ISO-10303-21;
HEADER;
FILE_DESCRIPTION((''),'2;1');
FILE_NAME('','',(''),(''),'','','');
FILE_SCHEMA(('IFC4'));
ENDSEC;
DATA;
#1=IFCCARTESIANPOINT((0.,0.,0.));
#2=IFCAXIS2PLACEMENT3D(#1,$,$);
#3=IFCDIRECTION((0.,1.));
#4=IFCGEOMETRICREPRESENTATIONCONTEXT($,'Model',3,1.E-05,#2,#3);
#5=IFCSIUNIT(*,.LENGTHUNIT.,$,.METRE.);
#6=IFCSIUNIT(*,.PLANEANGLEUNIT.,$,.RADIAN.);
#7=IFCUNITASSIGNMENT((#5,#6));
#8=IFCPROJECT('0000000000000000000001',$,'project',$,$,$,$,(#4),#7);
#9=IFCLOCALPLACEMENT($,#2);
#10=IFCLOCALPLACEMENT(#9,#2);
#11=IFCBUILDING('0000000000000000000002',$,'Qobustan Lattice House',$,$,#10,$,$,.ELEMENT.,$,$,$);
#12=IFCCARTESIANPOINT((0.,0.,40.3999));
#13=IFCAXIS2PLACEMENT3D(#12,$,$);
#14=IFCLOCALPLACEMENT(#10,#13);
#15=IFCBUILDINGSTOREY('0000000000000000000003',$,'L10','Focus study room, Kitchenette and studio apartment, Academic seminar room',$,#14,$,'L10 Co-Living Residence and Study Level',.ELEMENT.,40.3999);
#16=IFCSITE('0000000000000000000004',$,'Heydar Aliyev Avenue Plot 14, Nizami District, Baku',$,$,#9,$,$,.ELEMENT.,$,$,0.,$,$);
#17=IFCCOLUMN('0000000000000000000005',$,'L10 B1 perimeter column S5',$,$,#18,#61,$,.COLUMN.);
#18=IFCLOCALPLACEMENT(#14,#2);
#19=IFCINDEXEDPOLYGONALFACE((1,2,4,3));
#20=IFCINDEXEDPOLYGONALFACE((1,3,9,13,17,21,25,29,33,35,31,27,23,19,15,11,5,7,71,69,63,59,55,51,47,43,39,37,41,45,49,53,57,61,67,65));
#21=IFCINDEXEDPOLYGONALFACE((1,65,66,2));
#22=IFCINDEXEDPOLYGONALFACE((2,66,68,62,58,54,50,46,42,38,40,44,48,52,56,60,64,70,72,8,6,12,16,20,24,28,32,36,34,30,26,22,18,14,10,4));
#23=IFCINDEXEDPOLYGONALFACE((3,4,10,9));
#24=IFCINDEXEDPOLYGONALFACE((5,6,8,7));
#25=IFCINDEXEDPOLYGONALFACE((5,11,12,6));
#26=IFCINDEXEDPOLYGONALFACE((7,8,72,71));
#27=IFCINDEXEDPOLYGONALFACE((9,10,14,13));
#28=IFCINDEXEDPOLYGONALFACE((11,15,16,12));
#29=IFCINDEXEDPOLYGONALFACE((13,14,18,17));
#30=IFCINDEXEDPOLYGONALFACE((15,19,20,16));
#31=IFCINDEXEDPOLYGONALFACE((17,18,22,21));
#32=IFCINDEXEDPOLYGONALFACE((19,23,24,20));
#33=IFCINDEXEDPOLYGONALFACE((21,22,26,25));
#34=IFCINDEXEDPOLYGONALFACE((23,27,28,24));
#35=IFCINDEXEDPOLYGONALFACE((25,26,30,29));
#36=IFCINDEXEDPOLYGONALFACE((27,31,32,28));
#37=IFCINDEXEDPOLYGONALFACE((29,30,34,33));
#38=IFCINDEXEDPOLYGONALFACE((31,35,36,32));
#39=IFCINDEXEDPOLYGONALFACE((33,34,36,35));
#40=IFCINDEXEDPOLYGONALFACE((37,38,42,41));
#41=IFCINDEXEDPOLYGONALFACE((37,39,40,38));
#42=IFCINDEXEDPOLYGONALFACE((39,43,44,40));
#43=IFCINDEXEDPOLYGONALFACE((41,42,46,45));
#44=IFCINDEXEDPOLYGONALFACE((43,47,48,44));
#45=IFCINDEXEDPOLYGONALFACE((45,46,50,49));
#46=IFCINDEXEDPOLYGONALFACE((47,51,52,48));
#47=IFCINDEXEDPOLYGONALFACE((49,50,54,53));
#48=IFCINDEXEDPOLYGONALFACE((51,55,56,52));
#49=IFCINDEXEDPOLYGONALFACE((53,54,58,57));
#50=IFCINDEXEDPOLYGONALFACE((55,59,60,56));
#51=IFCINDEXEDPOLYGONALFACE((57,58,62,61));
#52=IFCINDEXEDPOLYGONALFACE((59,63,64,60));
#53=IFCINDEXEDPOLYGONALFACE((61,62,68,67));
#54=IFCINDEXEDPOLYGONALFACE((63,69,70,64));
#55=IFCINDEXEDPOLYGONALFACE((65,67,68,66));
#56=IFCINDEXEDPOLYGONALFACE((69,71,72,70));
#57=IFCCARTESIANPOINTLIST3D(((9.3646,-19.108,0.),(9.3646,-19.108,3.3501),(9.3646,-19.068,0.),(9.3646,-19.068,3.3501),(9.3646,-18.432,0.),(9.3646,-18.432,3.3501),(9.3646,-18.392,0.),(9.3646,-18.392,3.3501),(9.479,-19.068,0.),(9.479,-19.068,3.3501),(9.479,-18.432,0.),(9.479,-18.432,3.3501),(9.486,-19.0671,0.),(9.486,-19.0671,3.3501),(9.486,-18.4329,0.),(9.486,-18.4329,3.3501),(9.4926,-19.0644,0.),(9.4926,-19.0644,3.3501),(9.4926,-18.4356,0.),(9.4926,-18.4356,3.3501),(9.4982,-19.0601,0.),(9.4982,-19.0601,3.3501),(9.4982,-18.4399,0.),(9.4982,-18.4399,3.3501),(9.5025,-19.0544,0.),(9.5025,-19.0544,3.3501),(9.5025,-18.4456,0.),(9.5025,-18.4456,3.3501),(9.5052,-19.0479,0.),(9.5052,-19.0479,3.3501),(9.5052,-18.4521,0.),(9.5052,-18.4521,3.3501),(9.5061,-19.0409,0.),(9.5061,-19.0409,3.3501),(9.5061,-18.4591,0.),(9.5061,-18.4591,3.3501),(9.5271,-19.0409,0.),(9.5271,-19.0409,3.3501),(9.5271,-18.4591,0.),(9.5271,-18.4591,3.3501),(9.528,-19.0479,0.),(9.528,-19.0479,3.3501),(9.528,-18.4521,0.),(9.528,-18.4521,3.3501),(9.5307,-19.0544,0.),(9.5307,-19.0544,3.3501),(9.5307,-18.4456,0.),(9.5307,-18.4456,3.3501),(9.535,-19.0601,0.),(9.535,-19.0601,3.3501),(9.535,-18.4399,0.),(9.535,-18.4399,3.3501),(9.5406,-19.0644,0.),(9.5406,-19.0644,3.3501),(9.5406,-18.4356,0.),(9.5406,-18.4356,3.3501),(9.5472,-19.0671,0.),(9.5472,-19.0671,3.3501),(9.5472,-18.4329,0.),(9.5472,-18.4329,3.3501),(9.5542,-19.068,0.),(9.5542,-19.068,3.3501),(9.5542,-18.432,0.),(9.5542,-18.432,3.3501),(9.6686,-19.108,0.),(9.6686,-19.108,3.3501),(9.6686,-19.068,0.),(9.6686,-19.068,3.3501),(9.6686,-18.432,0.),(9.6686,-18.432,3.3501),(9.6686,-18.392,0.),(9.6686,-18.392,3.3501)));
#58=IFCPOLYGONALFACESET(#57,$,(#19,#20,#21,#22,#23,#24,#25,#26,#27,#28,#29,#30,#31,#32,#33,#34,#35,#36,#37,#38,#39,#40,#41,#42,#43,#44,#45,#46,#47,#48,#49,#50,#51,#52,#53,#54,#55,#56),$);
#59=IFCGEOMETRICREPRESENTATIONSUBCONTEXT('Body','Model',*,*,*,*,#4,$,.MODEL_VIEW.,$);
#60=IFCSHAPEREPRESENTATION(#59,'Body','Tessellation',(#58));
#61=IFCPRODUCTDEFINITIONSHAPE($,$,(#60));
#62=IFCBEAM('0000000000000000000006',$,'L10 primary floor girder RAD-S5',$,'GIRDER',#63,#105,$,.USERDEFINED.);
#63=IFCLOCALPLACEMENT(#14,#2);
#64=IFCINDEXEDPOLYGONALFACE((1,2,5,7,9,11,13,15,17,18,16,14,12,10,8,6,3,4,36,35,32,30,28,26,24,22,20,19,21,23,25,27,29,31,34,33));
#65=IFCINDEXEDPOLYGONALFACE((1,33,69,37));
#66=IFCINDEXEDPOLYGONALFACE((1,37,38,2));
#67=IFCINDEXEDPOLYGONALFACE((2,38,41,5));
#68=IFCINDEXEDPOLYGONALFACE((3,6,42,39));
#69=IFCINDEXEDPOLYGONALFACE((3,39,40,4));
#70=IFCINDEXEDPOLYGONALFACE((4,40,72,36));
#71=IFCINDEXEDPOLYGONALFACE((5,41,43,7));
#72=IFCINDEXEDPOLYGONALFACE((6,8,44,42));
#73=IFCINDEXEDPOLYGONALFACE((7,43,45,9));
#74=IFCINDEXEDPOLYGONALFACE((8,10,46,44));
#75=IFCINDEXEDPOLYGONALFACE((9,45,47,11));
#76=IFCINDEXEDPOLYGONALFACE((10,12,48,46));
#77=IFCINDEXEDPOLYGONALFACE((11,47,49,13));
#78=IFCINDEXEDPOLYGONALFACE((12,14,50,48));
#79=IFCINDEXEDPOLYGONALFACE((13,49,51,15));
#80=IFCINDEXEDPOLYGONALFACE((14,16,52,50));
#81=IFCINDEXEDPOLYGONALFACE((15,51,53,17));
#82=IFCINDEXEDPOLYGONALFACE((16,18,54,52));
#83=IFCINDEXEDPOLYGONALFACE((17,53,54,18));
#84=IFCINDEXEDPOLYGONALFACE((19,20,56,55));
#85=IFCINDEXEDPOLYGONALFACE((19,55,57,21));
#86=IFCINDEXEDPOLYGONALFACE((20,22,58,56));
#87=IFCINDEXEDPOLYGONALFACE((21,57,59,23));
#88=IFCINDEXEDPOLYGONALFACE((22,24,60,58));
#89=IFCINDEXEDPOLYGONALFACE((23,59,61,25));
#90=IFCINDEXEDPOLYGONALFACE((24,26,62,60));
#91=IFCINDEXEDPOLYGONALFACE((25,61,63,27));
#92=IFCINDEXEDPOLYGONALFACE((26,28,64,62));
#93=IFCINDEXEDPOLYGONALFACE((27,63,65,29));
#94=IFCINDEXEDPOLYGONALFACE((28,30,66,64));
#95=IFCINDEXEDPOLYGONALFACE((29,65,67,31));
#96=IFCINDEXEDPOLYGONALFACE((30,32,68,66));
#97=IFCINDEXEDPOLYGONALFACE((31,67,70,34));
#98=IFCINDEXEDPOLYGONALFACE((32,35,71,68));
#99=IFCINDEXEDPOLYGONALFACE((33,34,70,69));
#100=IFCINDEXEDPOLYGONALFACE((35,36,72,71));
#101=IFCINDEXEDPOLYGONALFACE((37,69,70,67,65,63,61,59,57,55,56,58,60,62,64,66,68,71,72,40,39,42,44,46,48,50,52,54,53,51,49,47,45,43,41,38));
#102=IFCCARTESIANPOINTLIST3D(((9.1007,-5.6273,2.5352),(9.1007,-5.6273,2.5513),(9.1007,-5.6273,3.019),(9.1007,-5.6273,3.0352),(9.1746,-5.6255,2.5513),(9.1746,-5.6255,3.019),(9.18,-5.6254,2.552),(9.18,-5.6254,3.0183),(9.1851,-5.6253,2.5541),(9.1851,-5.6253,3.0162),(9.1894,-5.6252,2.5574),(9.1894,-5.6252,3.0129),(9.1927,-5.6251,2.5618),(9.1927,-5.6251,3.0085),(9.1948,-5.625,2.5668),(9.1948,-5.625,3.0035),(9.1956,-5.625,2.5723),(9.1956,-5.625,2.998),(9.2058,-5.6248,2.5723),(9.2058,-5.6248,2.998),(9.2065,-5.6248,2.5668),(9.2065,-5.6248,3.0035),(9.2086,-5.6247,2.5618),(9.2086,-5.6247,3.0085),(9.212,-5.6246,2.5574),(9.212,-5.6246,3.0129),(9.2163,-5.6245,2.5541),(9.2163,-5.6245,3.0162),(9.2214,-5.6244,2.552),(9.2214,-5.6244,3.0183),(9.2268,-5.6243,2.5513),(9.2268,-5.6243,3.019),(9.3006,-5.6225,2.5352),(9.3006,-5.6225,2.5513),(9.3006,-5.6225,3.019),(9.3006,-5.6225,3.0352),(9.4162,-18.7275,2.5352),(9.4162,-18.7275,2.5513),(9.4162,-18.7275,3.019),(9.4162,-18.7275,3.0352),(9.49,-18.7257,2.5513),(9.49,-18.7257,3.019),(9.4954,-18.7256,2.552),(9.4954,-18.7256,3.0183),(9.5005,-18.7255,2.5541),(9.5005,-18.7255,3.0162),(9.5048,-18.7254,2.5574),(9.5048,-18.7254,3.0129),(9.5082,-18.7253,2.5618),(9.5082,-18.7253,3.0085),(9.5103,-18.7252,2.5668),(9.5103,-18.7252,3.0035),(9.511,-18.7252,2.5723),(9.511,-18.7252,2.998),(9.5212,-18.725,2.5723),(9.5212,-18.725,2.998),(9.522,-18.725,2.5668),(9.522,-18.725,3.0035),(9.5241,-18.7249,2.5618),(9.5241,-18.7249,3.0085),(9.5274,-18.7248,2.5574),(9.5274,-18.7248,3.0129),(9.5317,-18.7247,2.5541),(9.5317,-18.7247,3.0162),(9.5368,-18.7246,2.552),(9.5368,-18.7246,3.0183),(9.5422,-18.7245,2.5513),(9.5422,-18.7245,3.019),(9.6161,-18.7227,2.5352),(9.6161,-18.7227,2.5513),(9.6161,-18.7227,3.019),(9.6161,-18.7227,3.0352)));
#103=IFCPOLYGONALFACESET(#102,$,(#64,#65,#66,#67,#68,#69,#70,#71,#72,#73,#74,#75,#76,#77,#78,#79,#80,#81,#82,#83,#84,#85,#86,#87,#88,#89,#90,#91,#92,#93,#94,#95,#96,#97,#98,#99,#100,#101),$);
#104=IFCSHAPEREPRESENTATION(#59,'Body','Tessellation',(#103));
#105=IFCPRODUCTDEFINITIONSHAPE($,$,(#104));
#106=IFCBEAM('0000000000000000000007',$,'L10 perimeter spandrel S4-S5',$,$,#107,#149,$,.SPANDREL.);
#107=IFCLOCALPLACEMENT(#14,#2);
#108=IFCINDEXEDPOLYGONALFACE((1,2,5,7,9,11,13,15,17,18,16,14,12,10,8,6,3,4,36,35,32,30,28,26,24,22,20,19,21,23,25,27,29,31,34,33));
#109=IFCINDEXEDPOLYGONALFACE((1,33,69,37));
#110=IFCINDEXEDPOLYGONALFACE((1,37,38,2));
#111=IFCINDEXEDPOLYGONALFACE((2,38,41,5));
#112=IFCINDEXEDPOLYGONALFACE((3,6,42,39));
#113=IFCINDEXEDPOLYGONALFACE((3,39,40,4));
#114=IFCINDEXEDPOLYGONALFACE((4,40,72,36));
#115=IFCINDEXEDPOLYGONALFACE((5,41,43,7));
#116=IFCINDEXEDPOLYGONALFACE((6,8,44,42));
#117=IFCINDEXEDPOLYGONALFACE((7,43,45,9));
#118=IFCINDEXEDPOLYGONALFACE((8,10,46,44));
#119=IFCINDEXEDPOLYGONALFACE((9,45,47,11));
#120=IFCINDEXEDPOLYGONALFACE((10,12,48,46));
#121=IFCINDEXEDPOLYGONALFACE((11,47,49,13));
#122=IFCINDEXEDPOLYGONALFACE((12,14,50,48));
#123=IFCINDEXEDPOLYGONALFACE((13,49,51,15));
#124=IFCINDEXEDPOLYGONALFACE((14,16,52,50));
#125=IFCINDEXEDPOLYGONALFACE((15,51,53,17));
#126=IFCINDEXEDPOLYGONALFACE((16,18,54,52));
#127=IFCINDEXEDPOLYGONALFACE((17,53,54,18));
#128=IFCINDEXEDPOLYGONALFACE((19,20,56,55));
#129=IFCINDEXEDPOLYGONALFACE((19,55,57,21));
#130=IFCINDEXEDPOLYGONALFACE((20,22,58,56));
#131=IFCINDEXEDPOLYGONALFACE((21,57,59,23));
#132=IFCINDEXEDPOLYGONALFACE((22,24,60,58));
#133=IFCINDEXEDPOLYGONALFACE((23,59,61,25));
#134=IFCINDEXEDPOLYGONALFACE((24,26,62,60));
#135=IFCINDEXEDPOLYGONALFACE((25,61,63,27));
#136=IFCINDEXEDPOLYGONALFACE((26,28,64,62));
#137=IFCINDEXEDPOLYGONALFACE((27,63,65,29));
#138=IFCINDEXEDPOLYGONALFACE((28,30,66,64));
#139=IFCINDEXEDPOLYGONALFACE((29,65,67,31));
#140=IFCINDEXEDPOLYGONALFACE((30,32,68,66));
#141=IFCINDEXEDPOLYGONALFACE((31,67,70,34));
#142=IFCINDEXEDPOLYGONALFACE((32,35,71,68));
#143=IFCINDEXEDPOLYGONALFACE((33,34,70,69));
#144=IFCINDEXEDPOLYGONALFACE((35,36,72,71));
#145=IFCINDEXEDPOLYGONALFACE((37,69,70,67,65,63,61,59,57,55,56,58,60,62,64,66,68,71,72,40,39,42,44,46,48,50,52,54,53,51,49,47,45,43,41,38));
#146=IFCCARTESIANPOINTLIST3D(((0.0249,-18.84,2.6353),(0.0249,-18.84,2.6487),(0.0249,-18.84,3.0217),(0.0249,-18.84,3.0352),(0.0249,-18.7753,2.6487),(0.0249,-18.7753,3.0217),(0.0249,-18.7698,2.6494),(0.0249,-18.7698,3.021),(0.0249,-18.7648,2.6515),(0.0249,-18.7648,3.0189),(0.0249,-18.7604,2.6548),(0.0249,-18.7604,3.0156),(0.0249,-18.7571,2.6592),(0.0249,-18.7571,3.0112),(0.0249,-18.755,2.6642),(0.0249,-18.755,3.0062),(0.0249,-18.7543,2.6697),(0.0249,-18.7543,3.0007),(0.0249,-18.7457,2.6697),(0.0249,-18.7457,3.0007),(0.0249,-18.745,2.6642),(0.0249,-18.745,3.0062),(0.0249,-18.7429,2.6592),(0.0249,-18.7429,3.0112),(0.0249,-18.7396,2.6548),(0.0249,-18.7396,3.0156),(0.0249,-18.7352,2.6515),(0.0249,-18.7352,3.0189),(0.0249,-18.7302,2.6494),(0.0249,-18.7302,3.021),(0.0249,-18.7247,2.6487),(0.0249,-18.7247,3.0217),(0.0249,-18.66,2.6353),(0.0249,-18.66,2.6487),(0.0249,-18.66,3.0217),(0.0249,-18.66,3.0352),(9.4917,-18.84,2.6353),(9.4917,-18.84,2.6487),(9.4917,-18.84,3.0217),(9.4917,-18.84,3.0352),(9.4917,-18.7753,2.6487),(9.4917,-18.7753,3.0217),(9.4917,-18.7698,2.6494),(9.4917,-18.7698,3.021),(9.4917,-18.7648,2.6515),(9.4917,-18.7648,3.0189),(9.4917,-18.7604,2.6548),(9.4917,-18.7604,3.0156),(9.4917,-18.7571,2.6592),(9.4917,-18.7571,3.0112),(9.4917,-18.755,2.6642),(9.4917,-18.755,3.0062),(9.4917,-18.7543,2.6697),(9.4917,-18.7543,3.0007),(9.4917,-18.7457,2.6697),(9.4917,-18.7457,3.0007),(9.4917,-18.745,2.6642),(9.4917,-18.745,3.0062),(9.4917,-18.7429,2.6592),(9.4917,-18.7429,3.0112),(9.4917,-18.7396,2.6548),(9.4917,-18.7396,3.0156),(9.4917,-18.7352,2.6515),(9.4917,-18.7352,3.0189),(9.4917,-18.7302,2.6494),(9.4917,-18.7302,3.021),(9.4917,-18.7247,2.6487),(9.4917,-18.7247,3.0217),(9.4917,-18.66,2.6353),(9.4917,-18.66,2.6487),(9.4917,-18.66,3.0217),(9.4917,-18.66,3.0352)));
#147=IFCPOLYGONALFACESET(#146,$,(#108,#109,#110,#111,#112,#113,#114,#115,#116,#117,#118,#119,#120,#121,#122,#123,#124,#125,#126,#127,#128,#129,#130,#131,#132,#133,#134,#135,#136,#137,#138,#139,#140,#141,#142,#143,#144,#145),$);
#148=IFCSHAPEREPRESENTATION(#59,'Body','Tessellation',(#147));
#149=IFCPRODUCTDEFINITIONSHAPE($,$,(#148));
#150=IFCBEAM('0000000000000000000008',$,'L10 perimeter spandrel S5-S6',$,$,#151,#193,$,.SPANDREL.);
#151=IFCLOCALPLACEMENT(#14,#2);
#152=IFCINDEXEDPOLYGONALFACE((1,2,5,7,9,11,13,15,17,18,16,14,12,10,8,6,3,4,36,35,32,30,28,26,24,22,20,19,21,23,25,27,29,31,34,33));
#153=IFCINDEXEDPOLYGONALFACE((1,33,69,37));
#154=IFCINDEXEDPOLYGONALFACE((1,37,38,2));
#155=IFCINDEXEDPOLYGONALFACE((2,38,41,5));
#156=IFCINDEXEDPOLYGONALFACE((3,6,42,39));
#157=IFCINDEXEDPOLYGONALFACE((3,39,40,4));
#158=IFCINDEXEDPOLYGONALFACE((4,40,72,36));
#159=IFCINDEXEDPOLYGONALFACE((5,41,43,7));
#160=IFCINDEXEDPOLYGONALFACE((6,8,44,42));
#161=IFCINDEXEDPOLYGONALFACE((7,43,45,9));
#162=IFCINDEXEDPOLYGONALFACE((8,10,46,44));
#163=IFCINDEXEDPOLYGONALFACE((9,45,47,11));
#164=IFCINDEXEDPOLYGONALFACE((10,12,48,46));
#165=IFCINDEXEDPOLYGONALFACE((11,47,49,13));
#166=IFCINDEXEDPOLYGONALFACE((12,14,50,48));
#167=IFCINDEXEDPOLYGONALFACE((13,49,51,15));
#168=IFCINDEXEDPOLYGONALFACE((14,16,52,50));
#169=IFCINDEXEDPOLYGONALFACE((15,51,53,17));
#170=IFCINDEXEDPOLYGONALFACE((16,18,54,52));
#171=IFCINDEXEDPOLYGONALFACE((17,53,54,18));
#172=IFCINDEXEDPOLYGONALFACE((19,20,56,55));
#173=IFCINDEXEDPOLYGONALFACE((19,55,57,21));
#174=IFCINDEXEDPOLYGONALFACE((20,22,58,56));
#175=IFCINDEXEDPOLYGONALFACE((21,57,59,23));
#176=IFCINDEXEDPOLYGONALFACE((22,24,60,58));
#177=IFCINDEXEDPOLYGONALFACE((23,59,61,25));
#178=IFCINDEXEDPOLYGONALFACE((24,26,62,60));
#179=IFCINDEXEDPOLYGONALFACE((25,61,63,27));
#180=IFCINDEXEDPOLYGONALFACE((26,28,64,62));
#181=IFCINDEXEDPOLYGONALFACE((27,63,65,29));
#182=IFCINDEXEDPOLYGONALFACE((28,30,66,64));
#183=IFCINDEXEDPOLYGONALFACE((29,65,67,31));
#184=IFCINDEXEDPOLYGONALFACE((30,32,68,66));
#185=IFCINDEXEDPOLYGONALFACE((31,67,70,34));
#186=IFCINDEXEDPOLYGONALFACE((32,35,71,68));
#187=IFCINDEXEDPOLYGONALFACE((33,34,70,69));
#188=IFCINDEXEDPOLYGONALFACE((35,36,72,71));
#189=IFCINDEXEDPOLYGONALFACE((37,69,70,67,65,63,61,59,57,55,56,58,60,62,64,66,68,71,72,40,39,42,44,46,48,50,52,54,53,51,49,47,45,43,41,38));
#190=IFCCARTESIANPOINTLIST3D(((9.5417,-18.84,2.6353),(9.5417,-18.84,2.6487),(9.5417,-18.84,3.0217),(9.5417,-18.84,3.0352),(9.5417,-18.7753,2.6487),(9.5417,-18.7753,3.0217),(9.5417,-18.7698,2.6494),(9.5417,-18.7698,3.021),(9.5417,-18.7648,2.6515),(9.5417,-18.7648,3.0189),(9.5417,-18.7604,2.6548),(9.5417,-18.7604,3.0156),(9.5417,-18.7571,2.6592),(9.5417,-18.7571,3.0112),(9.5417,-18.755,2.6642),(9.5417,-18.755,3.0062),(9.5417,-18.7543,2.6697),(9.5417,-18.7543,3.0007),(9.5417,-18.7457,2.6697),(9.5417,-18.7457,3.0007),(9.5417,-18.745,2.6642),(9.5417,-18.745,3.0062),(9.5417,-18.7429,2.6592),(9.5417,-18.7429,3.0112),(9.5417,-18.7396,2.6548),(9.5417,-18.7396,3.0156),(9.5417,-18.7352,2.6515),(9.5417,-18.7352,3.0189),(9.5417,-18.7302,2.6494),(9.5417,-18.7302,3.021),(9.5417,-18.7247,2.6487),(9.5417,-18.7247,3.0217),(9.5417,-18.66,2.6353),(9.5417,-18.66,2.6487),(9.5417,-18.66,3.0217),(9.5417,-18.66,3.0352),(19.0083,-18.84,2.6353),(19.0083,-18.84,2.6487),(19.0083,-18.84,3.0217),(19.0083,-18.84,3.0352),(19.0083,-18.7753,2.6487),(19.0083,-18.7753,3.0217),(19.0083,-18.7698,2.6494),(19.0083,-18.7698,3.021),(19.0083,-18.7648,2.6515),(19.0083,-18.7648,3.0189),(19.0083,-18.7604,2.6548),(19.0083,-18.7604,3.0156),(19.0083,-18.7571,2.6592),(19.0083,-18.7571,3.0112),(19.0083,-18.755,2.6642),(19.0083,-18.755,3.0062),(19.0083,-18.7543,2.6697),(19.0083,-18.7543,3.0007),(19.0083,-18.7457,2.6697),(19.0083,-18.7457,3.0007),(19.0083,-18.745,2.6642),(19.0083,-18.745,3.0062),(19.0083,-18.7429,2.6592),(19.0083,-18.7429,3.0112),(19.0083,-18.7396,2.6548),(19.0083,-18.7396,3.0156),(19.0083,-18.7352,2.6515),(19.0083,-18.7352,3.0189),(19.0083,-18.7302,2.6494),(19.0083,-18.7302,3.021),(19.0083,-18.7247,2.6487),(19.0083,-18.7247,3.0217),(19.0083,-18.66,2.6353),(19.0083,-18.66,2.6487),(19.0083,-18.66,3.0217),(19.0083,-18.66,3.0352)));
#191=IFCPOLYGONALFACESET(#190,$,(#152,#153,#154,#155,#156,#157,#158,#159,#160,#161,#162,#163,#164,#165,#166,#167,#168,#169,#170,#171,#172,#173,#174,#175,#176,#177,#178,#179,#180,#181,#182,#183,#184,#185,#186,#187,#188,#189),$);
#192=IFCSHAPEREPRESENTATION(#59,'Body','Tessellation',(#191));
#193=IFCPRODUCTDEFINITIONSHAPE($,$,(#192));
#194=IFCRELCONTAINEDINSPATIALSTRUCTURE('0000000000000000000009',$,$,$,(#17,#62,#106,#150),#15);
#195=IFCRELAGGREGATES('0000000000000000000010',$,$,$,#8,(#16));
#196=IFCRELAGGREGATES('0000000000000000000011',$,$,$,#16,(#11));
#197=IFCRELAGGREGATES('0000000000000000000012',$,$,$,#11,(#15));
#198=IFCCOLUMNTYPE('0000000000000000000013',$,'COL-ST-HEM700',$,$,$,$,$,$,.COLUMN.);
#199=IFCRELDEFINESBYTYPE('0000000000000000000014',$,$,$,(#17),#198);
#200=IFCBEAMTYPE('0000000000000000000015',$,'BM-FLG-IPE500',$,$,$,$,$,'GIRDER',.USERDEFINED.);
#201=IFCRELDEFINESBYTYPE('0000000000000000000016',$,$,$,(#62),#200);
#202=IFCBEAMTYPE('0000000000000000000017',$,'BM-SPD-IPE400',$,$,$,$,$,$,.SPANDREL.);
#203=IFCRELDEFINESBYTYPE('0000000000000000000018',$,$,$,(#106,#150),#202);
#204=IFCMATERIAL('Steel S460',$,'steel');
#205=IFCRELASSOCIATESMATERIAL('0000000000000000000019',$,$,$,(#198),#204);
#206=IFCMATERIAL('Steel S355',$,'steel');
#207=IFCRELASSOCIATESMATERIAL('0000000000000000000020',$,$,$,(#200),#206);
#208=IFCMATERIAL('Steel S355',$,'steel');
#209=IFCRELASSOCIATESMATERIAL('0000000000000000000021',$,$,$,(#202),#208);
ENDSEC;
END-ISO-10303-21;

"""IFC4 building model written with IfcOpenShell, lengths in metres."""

from ifc_helpers import new_model, si_unit, direction, frame, origin, origin_2d, place, context, subcontext, project, spatial, i_section, extrude, material, material_profile, profile_set, type_object, element, save


model = new_model("IFC4")

# Units and contexts
model_context = context("Model", 3, precision=1e-05, world=origin(), true_north=direction((0.0, 1.0)))
body_context = subcontext(model_context, "Body", "Model", "MODEL_VIEW")
ifc_project = project(units=[si_unit("LENGTHUNIT", "METRE"), si_unit("PLANEANGLEUNIT", "RADIAN")], contexts=[model_context])

# Site, building, storey
site_placement = place(None, origin())
site = spatial("IfcSite", under=ifc_project, at=site_placement, Name="Heydar Aliyev Avenue Plot 14, Nizami District, Baku", CompositionType="ELEMENT", RefElevation=0.0)
building_placement = place(site_placement, origin())
building = spatial("IfcBuilding", under=site, at=building_placement, Name="Qobustan Lattice House", CompositionType="ELEMENT")
storey_placement = place(building_placement, frame((0.0, 0.0, 40.3999)))
storey = spatial("IfcBuildingStorey", under=building, at=storey_placement, Name="L10", Description="Focus study room, Kitchenette and studio apartment, Academic seminar room", LongName="L10 Co-Living Residence and Study Level", CompositionType="ELEMENT", Elevation=40.3999)

# Column
ifc_material_1 = material(Name="Steel S460", Category="steel")
ifc_material_profile_1 = material_profile(ifc_material_1, i_section(OverallWidth=0.304, OverallDepth=0.7161, WebThickness=0.021, FlangeThickness=0.04, FilletRadius=0.0271, at=origin_2d()), Name="HEM700")
ifc_profile_set_1 = profile_set([ifc_material_profile_1], Name="Steel S460")
column_type = type_object("IfcColumnType", Name="COL-ST-HEM700", PredefinedType="COLUMN", material=ifc_profile_set_1)
column_placement = place(storey_placement, frame((9.5166, -18.75, 0.0), z_axis=(0.0, 0.0, 1.0), x_axis=(1.0, 0.0, 0.0)))
element("IfcColumn", 1, at=column_placement, inside=storey, type_object=column_type, Name="L10 B1 perimeter column S5", PredefinedType="COLUMN", context=body_context, shape_type="SweptSolid", body=[
    extrude(i_section(OverallWidth=0.304, OverallDepth=0.7161, WebThickness=0.021, FlangeThickness=0.04, FilletRadius=0.0271, at=origin_2d()), origin(), (0.0, 0.0, 1.0), 3.3501),
])

# Beams
ifc_material_2 = material(Name="Steel S355", Category="steel")
ifc_material_profile_2 = material_profile(ifc_material_2, i_section(OverallWidth=0.2, OverallDepth=0.5, WebThickness=0.0103, FlangeThickness=0.0161, FilletRadius=0.021, at=origin_2d()), Name="IPE500")
ifc_profile_set_2 = profile_set([ifc_material_profile_2], Name="Steel S355")
beam_type_1 = type_object("IfcBeamType", Name="BM-FLG-IPE500", ElementType="GIRDER", PredefinedType="USERDEFINED", material=ifc_profile_set_2)
beam_1_placement = place(storey_placement, frame((9.5161, -18.7251, 2.7852), z_axis=(-0.024071, 0.99971, 0.0), x_axis=(-0.99971, -0.024071, 0.0)))
element("IfcBeam", 2, at=beam_1_placement, inside=storey, type_object=beam_type_1, Name="L10 primary floor girder RAD-S5", ObjectType="GIRDER", PredefinedType="USERDEFINED", context=body_context, shape_type="SweptSolid", body=[
    extrude(i_section(OverallWidth=0.2, OverallDepth=0.5, WebThickness=0.0103, FlangeThickness=0.0161, FilletRadius=0.021, at=origin_2d()), origin(), (0.0, 0.0, 1.0), 13.104),
])
ifc_material_3 = material(Name="Steel S355", Category="steel")
ifc_material_profile_3 = material_profile(ifc_material_3, i_section(OverallWidth=0.1799, OverallDepth=0.3999, WebThickness=0.0085, FlangeThickness=0.0134, FilletRadius=0.021, at=origin_2d()), Name="IPE400")
ifc_profile_set_3 = profile_set([ifc_material_profile_3], Name="Steel S355")
beam_type_2 = type_object("IfcBeamType", Name="BM-SPD-IPE400", PredefinedType="SPANDREL", material=ifc_profile_set_3)
beam_2_placement = place(storey_placement, frame((0.0249, -18.75, 2.8352), z_axis=(1.0, 0.0, 0.0), x_axis=(0.0, 1.0, 0.0)))
element("IfcBeam", 3, at=beam_2_placement, inside=storey, type_object=beam_type_2, Name="L10 perimeter spandrel S4-S5", PredefinedType="SPANDREL", context=body_context, shape_type="SweptSolid", body=[
    extrude(i_section(OverallWidth=0.1799, OverallDepth=0.3999, WebThickness=0.0085, FlangeThickness=0.0134, FilletRadius=0.021, at=origin_2d()), origin(), (0.0, 0.0, 1.0), 9.4668),
])
beam_3_placement = place(storey_placement, frame((9.5417, -18.75, 2.8352), z_axis=(1.0, 0.0, 0.0), x_axis=(0.0, 1.0, 0.0)))
element("IfcBeam", 4, at=beam_3_placement, inside=storey, type_object=beam_type_2, Name="L10 perimeter spandrel S5-S6", PredefinedType="SPANDREL", context=body_context, shape_type="SweptSolid", body=[
    extrude(i_section(OverallWidth=0.1799, OverallDepth=0.3999, WebThickness=0.0085, FlangeThickness=0.0134, FilletRadius=0.021, at=origin_2d()), origin(), (0.0, 0.0, 1.0), 9.4666),
])

save(model, "model.ifc")
